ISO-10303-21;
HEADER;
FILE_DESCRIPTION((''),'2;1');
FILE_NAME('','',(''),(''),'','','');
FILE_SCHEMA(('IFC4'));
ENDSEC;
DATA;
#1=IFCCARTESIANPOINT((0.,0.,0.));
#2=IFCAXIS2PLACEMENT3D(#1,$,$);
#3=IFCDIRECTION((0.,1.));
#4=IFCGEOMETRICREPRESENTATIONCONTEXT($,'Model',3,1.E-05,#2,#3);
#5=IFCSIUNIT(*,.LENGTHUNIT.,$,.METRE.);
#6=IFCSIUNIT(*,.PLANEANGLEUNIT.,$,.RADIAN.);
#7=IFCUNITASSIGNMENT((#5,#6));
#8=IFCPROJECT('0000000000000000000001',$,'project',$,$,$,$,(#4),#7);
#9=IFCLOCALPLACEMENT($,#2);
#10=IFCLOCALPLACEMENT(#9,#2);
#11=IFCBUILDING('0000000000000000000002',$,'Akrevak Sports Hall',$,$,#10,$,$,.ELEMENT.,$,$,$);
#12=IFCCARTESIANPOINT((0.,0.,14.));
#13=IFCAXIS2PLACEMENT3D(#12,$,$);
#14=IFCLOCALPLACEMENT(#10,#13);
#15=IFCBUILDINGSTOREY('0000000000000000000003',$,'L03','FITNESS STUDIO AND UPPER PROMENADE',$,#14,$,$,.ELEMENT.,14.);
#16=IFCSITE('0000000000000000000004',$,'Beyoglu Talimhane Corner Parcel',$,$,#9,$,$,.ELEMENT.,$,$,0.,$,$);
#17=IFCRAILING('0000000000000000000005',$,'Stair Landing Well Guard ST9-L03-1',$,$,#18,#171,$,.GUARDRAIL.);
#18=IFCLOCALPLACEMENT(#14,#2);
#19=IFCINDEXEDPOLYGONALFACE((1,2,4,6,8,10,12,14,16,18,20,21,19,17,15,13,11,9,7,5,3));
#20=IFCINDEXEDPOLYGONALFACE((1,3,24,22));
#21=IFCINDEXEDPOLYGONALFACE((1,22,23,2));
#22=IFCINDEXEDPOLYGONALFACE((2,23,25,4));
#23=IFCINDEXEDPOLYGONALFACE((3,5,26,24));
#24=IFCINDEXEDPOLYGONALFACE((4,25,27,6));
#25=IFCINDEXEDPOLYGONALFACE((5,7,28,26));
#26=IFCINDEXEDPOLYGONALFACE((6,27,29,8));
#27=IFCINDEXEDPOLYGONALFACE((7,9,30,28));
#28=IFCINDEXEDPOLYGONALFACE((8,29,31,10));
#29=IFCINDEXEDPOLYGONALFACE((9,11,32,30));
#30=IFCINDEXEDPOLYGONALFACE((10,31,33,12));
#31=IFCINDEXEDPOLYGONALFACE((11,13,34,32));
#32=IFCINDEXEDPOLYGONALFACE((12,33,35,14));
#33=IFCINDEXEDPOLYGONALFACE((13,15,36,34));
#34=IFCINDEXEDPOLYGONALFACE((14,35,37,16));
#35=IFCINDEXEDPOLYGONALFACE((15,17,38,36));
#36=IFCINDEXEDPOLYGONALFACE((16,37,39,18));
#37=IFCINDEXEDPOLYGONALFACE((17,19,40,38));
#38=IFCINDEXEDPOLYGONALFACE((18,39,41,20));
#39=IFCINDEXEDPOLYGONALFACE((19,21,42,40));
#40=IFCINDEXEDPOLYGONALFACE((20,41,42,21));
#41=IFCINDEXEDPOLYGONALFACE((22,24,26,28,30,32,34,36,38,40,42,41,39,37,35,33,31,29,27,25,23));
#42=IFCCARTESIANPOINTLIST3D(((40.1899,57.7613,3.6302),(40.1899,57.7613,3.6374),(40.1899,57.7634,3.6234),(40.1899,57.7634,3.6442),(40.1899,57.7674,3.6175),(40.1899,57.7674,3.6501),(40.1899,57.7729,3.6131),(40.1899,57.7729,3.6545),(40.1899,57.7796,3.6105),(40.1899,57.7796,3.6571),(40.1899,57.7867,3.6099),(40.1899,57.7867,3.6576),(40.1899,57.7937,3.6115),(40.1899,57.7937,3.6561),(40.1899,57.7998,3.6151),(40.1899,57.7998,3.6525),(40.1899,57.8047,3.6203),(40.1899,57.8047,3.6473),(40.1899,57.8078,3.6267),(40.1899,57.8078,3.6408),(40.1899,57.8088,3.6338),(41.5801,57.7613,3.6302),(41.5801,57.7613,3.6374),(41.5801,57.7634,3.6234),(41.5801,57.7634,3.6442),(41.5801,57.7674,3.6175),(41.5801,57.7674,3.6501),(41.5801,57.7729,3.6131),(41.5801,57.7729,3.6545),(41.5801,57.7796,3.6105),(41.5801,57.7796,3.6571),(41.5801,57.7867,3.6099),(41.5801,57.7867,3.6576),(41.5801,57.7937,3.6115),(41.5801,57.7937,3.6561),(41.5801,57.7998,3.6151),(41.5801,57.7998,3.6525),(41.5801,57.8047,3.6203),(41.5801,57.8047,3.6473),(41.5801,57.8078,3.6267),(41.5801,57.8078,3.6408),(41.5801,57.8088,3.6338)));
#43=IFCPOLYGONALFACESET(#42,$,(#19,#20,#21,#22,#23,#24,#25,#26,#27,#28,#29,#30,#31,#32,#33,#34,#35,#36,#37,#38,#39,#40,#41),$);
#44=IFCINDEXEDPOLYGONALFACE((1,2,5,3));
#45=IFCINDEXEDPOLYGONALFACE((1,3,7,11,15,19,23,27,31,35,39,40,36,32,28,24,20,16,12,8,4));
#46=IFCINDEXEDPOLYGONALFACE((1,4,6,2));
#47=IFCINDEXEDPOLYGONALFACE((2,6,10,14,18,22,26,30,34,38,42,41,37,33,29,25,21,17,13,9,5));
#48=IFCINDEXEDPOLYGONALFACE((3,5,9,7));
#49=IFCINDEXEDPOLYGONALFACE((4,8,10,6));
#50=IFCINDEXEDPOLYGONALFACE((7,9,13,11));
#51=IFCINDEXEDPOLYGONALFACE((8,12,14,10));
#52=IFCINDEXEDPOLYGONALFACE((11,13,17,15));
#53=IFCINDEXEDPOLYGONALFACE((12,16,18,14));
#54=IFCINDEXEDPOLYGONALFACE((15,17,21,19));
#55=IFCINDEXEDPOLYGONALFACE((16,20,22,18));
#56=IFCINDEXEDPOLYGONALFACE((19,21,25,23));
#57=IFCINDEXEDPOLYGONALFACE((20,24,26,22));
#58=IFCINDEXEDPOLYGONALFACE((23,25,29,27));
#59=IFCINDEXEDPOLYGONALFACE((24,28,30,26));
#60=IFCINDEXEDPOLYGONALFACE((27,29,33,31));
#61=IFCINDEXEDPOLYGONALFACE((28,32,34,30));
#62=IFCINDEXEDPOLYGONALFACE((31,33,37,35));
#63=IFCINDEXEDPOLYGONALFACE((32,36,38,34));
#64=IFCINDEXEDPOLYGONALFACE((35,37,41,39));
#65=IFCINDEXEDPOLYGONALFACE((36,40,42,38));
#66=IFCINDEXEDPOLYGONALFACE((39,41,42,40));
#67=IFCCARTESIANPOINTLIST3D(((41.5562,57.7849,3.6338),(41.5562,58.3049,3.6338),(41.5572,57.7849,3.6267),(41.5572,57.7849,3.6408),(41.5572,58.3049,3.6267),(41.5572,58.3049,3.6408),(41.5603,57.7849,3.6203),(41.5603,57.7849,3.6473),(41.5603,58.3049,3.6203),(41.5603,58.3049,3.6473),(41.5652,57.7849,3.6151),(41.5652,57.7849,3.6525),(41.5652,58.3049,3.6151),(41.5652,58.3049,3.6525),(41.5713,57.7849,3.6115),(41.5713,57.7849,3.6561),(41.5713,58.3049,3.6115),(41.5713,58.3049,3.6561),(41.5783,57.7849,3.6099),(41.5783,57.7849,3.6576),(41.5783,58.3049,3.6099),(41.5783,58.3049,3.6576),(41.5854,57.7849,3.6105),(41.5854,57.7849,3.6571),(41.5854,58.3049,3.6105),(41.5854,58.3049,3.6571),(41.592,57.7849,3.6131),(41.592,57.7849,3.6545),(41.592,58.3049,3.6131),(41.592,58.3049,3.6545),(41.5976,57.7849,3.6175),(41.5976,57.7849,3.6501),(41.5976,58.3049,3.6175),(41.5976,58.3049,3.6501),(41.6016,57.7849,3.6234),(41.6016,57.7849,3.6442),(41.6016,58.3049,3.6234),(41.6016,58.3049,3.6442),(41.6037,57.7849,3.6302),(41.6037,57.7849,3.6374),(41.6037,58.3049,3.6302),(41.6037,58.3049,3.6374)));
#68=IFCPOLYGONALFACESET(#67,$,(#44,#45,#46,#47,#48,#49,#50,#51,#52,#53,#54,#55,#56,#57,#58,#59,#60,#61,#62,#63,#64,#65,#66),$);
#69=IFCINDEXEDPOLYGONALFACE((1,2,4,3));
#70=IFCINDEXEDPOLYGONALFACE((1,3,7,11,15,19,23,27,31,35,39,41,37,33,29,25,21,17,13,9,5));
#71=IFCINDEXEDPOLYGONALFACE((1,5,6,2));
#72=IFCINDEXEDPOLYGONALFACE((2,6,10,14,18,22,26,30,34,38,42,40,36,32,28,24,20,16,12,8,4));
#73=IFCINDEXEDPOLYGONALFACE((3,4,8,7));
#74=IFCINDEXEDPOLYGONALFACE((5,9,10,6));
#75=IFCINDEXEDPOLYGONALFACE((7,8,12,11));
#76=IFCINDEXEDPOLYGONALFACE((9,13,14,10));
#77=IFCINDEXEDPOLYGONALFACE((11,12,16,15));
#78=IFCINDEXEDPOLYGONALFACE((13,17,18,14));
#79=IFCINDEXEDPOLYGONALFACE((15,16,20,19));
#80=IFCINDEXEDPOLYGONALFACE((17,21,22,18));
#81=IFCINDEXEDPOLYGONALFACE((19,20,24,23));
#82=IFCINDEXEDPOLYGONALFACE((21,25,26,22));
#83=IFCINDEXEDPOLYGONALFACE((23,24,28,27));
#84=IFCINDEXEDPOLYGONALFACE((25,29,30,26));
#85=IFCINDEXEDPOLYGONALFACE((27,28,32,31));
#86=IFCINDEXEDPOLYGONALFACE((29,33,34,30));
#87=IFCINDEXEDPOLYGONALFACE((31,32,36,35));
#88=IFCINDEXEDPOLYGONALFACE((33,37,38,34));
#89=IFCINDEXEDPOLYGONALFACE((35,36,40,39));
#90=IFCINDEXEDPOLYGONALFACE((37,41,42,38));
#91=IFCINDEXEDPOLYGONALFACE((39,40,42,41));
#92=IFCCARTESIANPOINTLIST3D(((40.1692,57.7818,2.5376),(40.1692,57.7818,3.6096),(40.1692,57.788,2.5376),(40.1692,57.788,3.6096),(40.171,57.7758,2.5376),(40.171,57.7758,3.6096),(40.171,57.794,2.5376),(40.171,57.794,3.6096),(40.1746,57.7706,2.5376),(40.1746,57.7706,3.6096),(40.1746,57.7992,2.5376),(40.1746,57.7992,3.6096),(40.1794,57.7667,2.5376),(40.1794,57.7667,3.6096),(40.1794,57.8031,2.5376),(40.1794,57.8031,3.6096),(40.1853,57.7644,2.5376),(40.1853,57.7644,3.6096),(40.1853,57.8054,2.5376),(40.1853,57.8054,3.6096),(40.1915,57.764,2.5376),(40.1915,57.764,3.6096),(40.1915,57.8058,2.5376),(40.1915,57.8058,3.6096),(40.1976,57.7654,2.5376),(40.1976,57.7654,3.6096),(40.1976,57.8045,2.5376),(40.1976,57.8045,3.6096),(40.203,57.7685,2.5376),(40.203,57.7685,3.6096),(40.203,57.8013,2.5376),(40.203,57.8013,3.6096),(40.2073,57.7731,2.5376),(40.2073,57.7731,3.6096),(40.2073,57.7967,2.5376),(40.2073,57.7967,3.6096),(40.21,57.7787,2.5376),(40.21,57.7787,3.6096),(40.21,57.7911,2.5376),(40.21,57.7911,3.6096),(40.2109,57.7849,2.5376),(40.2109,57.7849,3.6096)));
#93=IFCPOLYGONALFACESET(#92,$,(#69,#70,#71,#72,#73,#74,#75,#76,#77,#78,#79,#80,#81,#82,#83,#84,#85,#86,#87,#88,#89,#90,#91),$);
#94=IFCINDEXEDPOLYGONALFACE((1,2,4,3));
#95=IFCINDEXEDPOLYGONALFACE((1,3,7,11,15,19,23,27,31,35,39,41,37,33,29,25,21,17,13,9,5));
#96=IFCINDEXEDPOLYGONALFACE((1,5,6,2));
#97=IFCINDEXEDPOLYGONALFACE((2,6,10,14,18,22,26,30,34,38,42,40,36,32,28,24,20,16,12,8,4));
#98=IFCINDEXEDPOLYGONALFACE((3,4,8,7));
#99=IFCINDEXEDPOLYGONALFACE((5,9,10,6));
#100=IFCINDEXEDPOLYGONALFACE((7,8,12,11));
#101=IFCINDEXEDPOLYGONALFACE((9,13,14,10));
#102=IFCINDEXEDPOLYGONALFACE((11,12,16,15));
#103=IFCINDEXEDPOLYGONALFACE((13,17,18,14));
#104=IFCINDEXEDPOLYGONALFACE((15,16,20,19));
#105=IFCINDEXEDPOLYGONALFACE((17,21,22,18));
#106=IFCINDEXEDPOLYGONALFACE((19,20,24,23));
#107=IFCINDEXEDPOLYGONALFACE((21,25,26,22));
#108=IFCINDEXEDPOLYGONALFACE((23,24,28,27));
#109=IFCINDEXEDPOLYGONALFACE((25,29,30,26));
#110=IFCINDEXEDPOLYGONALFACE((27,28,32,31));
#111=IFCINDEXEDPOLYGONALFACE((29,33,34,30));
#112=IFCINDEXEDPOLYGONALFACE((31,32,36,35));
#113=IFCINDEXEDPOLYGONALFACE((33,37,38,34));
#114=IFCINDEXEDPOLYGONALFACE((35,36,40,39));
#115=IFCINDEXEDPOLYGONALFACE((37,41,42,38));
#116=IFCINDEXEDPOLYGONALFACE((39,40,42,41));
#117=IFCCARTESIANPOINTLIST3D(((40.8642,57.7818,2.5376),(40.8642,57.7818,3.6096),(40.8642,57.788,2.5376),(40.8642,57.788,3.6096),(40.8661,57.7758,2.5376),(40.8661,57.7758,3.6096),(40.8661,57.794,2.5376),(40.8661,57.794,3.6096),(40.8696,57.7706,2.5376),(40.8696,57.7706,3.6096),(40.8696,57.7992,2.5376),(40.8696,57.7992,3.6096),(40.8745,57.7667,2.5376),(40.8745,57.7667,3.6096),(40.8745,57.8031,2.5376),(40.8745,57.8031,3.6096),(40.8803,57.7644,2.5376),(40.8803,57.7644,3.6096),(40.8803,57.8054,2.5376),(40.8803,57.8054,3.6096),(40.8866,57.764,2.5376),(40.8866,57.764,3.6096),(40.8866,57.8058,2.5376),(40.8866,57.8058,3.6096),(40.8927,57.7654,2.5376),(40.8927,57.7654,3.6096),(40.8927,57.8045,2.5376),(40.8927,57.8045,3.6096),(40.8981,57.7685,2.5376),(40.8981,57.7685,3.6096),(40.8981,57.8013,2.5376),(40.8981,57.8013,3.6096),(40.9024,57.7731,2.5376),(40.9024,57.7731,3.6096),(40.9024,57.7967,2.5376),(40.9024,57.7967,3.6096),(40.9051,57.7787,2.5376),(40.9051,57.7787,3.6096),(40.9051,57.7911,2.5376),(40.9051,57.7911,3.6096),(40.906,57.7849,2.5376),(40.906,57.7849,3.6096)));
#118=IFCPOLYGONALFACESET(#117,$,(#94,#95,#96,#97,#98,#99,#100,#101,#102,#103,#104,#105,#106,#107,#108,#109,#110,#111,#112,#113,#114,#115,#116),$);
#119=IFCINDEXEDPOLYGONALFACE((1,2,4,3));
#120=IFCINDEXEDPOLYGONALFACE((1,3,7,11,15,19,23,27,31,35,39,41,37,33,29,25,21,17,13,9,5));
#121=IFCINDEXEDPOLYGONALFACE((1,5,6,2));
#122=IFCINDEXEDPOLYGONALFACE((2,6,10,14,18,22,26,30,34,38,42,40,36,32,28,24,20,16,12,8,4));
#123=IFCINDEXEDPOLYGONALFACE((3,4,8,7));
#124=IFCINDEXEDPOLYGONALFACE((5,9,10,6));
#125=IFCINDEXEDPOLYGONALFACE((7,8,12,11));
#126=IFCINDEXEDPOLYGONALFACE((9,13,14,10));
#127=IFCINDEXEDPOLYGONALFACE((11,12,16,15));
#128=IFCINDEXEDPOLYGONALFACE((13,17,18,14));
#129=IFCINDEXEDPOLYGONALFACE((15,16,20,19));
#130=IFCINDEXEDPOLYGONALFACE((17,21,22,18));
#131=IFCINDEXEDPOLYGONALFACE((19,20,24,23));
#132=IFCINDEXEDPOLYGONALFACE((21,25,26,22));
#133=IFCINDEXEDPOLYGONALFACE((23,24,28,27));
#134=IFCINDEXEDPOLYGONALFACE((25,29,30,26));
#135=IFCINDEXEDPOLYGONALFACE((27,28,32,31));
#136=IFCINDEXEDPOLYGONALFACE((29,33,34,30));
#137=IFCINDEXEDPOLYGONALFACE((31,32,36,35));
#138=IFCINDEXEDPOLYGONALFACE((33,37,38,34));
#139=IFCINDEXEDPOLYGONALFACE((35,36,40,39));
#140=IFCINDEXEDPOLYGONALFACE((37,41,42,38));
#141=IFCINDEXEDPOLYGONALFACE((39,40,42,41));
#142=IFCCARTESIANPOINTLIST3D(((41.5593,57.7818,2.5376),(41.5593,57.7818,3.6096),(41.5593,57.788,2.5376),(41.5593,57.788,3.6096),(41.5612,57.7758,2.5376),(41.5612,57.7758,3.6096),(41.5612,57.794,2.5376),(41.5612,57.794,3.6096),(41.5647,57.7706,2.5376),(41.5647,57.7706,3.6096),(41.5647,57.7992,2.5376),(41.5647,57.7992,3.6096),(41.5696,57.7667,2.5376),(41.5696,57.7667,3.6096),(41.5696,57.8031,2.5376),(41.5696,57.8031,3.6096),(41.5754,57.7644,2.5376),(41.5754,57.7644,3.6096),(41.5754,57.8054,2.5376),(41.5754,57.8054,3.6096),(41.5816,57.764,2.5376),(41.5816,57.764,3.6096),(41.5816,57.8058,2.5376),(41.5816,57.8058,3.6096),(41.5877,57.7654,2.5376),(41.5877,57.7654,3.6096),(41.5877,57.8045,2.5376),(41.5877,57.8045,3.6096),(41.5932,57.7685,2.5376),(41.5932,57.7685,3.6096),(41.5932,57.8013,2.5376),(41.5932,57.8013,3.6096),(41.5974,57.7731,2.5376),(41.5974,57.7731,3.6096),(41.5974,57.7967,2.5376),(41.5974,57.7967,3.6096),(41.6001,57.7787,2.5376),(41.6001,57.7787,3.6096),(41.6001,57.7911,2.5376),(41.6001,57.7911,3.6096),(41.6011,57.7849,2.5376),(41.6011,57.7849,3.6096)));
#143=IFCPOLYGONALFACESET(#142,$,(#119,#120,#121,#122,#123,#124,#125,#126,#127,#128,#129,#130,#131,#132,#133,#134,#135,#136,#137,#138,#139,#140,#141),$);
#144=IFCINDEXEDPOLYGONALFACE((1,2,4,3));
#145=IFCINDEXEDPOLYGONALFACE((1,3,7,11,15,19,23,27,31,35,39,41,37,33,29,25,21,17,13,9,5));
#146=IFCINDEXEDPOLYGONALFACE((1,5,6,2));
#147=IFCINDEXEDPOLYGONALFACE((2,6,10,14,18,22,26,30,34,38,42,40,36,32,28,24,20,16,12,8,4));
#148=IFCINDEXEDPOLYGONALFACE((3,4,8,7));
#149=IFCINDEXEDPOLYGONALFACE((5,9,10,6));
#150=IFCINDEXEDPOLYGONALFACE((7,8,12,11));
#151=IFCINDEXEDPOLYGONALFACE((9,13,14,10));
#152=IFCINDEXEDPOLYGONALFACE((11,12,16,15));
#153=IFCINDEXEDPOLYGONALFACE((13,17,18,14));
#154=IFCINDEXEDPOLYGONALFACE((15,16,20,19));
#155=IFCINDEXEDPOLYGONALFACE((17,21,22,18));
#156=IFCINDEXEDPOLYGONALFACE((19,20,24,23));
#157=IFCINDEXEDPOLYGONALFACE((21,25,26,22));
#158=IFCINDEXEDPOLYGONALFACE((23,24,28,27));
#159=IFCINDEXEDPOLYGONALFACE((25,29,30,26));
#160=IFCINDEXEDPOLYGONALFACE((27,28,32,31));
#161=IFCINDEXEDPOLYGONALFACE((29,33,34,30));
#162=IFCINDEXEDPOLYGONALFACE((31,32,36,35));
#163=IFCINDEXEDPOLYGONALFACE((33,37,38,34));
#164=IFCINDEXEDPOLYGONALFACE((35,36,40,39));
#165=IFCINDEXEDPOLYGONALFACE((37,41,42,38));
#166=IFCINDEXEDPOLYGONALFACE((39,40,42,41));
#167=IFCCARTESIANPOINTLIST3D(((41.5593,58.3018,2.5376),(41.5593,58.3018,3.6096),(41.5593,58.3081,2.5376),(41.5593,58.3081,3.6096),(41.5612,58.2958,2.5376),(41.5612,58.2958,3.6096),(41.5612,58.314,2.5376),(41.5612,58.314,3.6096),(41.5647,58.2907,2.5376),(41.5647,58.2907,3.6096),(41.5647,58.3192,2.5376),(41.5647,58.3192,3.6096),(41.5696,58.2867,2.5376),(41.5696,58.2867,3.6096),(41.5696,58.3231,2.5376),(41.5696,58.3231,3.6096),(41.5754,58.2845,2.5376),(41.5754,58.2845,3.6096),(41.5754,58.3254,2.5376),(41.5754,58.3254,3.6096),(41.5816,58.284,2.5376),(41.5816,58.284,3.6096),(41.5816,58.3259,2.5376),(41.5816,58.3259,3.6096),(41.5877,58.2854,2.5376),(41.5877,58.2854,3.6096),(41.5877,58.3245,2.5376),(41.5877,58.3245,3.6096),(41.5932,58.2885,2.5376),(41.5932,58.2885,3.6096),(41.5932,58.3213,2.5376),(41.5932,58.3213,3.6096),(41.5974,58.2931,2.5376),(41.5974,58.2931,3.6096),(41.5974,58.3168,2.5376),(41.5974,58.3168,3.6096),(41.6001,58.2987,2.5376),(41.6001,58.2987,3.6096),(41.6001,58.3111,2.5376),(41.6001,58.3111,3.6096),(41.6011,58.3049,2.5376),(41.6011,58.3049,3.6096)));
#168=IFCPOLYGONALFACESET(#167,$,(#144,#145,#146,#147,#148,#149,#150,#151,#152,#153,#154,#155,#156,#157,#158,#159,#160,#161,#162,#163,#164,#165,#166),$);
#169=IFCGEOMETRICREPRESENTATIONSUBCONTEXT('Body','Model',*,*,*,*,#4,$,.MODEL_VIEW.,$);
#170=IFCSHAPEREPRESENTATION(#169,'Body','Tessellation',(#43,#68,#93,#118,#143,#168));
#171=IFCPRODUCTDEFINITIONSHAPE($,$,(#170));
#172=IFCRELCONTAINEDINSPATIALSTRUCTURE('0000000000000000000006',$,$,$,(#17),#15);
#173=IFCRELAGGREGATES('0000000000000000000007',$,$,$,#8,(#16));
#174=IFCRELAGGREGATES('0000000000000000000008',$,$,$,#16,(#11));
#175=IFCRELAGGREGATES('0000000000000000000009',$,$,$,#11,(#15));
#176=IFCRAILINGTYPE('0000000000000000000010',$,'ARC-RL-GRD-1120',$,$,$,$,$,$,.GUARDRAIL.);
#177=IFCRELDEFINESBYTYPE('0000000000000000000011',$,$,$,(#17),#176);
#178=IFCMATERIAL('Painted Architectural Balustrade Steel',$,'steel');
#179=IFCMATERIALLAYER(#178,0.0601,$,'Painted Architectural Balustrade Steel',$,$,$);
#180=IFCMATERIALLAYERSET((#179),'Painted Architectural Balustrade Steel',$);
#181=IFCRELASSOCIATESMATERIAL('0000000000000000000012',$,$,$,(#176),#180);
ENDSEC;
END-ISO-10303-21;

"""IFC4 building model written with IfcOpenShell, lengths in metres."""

from ifc_helpers import new_model, si_unit, direction, frame, origin, origin_2d, place, context, subcontext, project, spatial, circle, extrude, material, layer, layer_set, type_object, element, save


model = new_model("IFC4")

# Units and contexts
model_context = context("Model", 3, precision=1e-05, world=origin(), true_north=direction((0.0, 1.0)))
body_context = subcontext(model_context, "Body", "Model", "MODEL_VIEW")
ifc_project = project(units=[si_unit("LENGTHUNIT", "METRE"), si_unit("PLANEANGLEUNIT", "RADIAN")], contexts=[model_context])

# Site, building, storey
site_placement = place(None, origin())
site = spatial("IfcSite", under=ifc_project, at=site_placement, Name="Beyoglu Talimhane Corner Parcel", CompositionType="ELEMENT", RefElevation=0.0)
building_placement = place(site_placement, origin())
building = spatial("IfcBuilding", under=site, at=building_placement, Name="Akrevak Sports Hall", CompositionType="ELEMENT")
storey_placement = place(building_placement, frame((0.0, 0.0, 14.0)))
storey = spatial("IfcBuildingStorey", under=building, at=storey_placement, Name="L03", Description="FITNESS STUDIO AND UPPER PROMENADE", CompositionType="ELEMENT", Elevation=14.0)

# Railing
ifc_material_1 = material(Name="Painted Architectural Balustrade Steel", Category="steel")
ifc_layer_1 = layer(ifc_material_1, 0.0601, Name="Painted Architectural Balustrade Steel")
ifc_layer_set_1 = layer_set([ifc_layer_1], Name="Painted Architectural Balustrade Steel")
railing_type_1 = type_object("IfcRailingType", Name="ARC-RL-GRD-1120", PredefinedType="GUARDRAIL", material=ifc_layer_set_1)
railing_1_placement = place(storey_placement, frame((40.1899, 57.7849, 2.5376)))
element("IfcRailing", 1, at=railing_1_placement, inside=storey, type_object=railing_type_1, Name="Stair Landing Well Guard ST9-L03-1", PredefinedType="GUARDRAIL", context=body_context, shape_type="SweptSolid", body=[
    extrude(circle(Radius=0.0239, at=origin_2d()), frame((0.0, 0.0, 1.0962), z_axis=(1.0, 0.0, 0.0), x_axis=(0.0, 1.0, 0.0)), (0.0, 0.0, 1.0), 1.3901),
    extrude(circle(Radius=0.0239, at=origin_2d()), frame((1.3901, 0.0, 1.0962), z_axis=(0.0, 1.0, 0.0), x_axis=(-1.0, 0.0, 0.0)), (0.0, 0.0, 1.0), 0.52),
    extrude(circle(Radius=0.021, at=origin_2d()), origin(), (0.0, 0.0, 1.0), 1.072),
    extrude(circle(Radius=0.021, at=origin_2d()), frame((0.6951, 0.0, 0.0)), (0.0, 0.0, 1.0), 1.072),
    extrude(circle(Radius=0.021, at=origin_2d()), frame((1.3901, 0.0, 0.0)), (0.0, 0.0, 1.0), 1.072),
    extrude(circle(Radius=0.021, at=origin_2d()), frame((1.3901, 0.52, 0.0)), (0.0, 0.0, 1.0), 1.072),
])

save(model, "model.ifc")
